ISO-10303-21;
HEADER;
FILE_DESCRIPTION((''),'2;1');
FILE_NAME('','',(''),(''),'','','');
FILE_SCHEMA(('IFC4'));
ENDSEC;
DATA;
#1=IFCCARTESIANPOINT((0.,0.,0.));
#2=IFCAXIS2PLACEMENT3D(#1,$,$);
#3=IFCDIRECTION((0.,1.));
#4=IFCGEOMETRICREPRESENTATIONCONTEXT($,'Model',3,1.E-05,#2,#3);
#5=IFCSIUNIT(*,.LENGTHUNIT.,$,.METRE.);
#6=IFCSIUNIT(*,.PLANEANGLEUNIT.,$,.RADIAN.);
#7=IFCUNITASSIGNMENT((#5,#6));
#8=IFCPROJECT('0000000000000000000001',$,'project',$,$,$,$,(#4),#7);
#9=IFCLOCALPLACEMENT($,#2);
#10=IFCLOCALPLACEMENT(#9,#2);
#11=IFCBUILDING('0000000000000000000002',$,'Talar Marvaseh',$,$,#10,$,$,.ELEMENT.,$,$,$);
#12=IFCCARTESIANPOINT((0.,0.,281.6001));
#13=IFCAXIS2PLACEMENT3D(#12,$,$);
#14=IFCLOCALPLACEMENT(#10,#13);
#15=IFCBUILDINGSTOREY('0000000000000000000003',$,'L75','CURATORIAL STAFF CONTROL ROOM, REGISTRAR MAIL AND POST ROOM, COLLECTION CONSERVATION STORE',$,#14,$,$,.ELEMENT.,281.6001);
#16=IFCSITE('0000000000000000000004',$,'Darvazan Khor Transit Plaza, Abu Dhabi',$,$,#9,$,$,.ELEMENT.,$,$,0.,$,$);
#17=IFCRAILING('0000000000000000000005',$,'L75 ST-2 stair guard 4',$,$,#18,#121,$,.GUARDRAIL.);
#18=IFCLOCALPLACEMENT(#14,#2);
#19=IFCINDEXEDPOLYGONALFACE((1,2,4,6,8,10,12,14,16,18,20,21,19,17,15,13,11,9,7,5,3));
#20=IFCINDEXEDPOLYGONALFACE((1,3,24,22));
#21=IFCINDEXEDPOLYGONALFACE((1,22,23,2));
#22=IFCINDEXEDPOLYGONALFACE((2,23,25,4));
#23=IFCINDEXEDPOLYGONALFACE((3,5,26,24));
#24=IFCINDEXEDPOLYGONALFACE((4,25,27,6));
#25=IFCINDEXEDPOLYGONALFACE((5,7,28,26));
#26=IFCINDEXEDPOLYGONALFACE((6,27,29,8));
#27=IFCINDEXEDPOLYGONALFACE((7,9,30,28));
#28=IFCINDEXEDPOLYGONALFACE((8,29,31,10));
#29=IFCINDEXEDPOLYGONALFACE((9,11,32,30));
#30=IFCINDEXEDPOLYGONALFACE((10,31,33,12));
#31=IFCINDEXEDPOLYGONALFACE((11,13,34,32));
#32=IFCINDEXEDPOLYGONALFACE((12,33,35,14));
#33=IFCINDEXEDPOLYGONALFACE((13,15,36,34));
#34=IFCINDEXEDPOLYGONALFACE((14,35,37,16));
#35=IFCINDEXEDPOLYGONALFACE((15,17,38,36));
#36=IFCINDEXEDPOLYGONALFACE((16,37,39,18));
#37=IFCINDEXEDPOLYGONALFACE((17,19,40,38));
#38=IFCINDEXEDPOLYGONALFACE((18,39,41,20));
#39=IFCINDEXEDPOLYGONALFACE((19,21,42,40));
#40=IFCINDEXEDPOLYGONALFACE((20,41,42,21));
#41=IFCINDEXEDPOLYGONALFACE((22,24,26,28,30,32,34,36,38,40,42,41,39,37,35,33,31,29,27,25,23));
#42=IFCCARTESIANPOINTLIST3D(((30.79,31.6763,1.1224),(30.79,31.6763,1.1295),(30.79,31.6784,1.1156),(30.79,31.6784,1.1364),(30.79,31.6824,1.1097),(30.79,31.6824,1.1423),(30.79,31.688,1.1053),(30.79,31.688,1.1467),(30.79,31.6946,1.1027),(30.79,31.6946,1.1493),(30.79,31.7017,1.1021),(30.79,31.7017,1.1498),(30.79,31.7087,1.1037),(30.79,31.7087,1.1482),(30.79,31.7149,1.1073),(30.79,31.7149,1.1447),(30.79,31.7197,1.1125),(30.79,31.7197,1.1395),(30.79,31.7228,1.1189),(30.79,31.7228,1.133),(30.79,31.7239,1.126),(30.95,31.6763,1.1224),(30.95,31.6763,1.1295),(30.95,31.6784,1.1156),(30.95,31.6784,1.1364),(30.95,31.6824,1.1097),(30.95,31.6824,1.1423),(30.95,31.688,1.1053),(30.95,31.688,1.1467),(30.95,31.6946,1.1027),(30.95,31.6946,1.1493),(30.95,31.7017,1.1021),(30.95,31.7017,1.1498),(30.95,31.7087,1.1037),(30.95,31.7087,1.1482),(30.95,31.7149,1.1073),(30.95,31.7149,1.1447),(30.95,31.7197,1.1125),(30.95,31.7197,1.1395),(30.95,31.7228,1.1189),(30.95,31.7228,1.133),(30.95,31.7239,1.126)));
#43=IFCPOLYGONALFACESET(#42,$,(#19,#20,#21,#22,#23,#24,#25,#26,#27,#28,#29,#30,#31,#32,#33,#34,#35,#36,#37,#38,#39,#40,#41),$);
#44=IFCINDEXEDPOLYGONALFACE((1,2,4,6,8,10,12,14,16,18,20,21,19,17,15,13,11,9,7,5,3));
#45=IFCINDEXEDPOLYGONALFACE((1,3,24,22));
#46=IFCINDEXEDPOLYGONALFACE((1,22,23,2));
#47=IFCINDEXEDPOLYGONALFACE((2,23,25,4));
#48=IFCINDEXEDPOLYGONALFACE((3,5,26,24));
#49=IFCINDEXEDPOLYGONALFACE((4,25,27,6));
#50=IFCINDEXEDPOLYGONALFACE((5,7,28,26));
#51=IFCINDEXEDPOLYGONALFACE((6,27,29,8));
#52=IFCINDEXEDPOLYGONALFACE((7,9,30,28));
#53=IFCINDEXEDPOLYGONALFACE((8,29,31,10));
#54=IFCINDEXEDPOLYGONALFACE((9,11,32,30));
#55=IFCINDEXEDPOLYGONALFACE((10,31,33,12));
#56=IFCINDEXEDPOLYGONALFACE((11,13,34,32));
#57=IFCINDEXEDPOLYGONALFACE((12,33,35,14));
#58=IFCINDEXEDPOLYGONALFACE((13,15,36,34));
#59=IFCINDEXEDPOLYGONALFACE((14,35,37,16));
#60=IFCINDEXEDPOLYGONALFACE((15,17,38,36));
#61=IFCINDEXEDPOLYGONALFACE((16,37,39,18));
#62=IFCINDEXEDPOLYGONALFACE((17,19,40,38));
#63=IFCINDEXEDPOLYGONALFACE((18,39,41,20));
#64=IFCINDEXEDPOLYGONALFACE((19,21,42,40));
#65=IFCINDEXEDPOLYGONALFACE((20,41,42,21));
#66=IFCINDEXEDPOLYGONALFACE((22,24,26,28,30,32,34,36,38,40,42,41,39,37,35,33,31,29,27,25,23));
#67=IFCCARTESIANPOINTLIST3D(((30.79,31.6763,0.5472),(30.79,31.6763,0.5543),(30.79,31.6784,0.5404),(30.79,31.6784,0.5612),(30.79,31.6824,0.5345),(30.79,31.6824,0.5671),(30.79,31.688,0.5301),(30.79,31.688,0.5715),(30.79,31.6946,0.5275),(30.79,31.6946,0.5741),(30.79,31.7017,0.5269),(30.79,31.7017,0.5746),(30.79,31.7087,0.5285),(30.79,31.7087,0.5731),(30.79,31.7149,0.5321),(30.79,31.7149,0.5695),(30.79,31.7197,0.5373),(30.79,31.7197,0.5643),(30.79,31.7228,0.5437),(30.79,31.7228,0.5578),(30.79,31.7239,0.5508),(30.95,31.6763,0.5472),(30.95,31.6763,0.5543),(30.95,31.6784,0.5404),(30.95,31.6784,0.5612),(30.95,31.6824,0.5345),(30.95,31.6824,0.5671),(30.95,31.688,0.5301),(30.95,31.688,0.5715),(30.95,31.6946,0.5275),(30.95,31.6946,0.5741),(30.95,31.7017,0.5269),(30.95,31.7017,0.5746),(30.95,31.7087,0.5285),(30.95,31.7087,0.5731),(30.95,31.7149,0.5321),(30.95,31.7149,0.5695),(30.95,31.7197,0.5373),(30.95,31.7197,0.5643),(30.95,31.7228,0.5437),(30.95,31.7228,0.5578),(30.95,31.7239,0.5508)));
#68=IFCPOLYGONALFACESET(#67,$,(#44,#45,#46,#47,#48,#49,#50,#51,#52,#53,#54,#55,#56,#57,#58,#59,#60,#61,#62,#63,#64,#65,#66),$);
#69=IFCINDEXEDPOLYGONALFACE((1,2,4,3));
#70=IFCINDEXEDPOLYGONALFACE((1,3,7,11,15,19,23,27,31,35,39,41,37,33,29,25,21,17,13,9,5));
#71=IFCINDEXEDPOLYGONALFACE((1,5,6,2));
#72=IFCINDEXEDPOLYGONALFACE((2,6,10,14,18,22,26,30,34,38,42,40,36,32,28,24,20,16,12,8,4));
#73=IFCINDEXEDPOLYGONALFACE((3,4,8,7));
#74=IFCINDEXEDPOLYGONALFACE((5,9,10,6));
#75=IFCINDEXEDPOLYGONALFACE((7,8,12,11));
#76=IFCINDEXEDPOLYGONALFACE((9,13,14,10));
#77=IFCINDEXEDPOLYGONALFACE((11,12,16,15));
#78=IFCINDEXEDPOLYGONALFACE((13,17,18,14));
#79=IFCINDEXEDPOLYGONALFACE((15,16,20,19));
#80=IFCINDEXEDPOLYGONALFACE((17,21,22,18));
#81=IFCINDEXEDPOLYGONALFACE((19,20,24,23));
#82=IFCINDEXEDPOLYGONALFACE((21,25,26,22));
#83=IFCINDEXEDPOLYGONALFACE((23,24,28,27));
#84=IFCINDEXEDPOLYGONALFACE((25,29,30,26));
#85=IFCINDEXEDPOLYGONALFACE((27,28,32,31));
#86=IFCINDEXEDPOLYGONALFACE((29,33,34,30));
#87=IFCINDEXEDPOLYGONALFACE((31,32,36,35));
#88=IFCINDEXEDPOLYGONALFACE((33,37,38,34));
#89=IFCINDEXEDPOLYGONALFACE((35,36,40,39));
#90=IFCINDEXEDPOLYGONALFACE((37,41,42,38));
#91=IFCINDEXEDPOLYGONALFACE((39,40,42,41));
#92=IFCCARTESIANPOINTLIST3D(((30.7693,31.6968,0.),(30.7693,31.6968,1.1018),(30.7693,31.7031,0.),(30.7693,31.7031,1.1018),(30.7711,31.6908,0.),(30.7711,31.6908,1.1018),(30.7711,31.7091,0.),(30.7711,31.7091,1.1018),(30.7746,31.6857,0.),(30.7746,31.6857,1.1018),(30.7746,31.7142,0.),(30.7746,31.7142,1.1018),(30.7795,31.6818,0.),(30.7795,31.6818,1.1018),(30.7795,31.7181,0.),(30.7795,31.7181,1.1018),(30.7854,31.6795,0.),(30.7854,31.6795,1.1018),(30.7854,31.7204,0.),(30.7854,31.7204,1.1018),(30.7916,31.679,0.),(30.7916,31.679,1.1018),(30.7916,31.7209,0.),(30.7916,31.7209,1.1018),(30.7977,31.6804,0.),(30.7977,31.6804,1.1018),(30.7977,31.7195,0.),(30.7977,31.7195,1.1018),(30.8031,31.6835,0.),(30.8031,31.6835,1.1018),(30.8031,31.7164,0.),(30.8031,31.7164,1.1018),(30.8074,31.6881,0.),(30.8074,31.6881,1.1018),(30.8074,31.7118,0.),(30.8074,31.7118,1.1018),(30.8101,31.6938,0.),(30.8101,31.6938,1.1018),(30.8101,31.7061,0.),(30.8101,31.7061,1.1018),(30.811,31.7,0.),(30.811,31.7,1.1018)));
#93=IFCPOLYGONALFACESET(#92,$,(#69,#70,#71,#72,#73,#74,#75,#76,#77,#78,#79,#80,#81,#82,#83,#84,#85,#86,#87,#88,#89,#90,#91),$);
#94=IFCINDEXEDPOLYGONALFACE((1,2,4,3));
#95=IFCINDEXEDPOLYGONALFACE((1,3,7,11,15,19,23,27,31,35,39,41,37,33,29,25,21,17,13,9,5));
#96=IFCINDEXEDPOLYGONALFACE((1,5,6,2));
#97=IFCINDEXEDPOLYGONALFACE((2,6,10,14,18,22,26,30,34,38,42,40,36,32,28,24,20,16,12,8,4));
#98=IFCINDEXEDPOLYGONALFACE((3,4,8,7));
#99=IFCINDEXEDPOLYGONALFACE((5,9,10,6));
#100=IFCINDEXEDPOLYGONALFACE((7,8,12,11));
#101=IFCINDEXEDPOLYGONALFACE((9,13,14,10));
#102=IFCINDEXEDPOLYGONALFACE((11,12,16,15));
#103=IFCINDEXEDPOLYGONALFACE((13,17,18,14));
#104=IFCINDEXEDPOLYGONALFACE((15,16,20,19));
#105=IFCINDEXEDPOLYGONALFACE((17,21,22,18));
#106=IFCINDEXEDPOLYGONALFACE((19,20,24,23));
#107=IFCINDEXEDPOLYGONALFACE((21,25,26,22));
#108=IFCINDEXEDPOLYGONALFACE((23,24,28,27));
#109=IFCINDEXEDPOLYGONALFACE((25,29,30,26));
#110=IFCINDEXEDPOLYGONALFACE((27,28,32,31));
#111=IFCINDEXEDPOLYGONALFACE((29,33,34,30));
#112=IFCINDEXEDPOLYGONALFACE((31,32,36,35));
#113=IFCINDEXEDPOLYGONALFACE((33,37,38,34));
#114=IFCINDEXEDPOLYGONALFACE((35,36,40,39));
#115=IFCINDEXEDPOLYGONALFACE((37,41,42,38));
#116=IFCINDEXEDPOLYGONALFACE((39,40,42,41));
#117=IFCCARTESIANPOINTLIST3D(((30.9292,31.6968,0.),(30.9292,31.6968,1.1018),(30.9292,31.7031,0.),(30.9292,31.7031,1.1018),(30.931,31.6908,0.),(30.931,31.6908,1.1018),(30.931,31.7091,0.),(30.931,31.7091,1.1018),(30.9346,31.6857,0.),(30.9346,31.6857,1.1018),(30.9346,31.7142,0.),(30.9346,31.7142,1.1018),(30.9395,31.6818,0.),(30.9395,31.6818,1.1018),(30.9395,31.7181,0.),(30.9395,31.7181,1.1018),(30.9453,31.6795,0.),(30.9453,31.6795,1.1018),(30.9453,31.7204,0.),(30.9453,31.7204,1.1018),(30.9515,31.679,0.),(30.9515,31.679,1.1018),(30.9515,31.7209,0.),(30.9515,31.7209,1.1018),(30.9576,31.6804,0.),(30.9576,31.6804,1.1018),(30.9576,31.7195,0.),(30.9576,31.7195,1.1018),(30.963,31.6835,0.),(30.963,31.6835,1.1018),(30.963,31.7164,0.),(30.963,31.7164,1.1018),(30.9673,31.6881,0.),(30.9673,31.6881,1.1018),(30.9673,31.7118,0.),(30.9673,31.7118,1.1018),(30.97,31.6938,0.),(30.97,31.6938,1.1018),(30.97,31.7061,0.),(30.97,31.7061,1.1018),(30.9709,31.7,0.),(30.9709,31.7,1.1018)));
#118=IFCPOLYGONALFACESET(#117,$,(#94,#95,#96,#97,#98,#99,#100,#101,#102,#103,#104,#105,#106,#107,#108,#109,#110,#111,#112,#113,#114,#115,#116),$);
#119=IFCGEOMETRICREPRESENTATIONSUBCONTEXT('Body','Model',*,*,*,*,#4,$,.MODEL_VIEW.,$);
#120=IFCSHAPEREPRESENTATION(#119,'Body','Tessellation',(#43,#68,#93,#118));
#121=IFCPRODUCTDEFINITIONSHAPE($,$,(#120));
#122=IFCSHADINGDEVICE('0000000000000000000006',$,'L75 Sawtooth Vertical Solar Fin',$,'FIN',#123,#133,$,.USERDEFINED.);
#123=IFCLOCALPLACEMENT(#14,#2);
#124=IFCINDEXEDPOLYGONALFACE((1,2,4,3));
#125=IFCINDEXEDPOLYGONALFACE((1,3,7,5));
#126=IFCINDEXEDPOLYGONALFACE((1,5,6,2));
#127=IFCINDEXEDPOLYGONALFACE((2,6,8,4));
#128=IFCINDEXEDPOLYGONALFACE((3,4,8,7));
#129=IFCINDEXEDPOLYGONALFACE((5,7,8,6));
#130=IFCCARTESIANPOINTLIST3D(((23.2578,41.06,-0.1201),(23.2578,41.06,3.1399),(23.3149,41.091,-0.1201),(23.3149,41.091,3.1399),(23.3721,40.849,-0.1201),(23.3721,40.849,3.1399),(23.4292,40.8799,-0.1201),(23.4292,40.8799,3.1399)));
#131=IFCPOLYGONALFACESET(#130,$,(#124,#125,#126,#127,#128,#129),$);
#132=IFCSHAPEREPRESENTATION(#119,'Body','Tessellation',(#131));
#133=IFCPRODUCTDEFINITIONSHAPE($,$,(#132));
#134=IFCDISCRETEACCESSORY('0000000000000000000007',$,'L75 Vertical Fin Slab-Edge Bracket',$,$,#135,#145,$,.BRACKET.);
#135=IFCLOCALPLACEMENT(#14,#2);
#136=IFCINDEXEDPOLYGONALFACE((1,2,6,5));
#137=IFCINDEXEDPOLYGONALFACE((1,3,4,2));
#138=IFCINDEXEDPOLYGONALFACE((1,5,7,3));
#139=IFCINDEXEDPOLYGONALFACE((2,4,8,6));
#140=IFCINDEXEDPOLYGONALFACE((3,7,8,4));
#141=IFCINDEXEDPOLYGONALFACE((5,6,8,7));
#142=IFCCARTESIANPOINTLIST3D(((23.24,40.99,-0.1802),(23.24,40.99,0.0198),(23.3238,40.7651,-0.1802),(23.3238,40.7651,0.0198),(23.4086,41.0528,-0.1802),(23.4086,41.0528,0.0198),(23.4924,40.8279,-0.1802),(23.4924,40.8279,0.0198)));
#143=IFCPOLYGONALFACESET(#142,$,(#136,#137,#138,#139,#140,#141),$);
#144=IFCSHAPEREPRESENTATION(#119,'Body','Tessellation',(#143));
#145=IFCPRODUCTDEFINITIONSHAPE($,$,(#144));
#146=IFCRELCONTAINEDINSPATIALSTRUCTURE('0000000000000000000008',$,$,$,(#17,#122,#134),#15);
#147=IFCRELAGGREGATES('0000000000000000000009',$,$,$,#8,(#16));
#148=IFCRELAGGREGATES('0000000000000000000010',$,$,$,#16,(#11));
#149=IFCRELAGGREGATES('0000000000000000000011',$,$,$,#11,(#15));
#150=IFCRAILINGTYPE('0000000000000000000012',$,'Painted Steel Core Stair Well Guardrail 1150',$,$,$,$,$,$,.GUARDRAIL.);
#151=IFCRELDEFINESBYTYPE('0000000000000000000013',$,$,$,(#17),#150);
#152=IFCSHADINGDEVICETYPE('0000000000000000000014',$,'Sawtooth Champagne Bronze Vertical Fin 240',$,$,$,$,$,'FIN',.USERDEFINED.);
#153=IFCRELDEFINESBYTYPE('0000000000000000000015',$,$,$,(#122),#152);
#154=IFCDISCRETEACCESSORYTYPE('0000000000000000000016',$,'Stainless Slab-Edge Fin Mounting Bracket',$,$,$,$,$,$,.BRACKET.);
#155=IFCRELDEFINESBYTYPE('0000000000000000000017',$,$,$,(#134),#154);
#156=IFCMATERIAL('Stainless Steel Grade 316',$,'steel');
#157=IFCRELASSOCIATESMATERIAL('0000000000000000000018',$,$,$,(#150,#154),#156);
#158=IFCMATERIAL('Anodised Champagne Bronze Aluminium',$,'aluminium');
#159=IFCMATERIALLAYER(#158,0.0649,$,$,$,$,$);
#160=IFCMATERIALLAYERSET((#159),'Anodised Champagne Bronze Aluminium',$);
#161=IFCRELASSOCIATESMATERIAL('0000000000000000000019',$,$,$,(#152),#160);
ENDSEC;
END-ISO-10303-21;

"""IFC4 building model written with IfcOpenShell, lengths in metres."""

from ifc_helpers import new_model, si_unit, direction, frame, origin, origin_2d, place, context, subcontext, project, spatial, rectangle, circle, extrude, source, transform, mapped, material, layer, layer_set, type_object, type_shapes, element, save


model = new_model("IFC4")

# Units and contexts
model_context = context("Model", 3, precision=1e-05, world=origin(), true_north=direction((0.0, 1.0)))
body_context = subcontext(model_context, "Body", "Model", "MODEL_VIEW")
ifc_project = project(units=[si_unit("LENGTHUNIT", "METRE"), si_unit("PLANEANGLEUNIT", "RADIAN")], contexts=[model_context])

# Site, building, storey
site_placement = place(None, origin())
site = spatial("IfcSite", under=ifc_project, at=site_placement, Name="Darvazan Khor Transit Plaza, Abu Dhabi", CompositionType="ELEMENT", RefElevation=0.0)
building_placement = place(site_placement, origin())
building = spatial("IfcBuilding", under=site, at=building_placement, Name="Talar Marvaseh", CompositionType="ELEMENT")
storey_placement = place(building_placement, frame((0.0, 0.0, 281.6001)))
storey = spatial("IfcBuildingStorey", under=building, at=storey_placement, Name="L75", Description="CURATORIAL STAFF CONTROL ROOM, REGISTRAR MAIL AND POST ROOM, COLLECTION CONSERVATION STORE", CompositionType="ELEMENT", Elevation=281.6001)

# Shared definitions
ifc_material_1 = material(Name="Stainless Steel Grade 316", Category="steel")

# Railing
railing_type_1 = type_object("IfcRailingType", Name="Painted Steel Core Stair Well Guardrail 1150", PredefinedType="GUARDRAIL", material=ifc_material_1)
railing_1_placement = place(storey_placement, frame((30.79, 31.7, 0.0)))
element("IfcRailing", 1, at=railing_1_placement, inside=storey, type_object=railing_type_1, Name="L75 ST-2 stair guard 4", PredefinedType="GUARDRAIL", context=body_context, shape_type="SweptSolid", body=[
    extrude(circle(Radius=0.0239, at=origin_2d()), frame((0.0, 0.0, 1.126), z_axis=(1.0, 0.0, 0.0), x_axis=(0.0, 1.0, 0.0)), (0.0, 0.0, 1.0), 0.1599),
    extrude(circle(Radius=0.0239, at=origin_2d()), frame((0.0, 0.0, 0.5508), z_axis=(1.0, 0.0, 0.0), x_axis=(0.0, 1.0, 0.0)), (0.0, 0.0, 1.0), 0.1599),
    extrude(circle(Radius=0.021, at=origin_2d()), origin(), (0.0, 0.0, 1.0), 1.1018),
    extrude(circle(Radius=0.021, at=origin_2d()), frame((0.1599, 0.0, 0.0)), (0.0, 0.0, 1.0), 1.1018),
])

# Shading device
ifc_material_2 = material(Name="Anodised Champagne Bronze Aluminium", Category="aluminium")
ifc_layer_1 = layer(ifc_material_2, 0.0649)
ifc_layer_set_1 = layer_set([ifc_layer_1], Name="Anodised Champagne Bronze Aluminium")
shading_device_type = type_object("IfcShadingDeviceType", Name="Sawtooth Champagne Bronze Vertical Fin 240", ElementType="FIN", PredefinedType="USERDEFINED", material=ifc_layer_set_1)
shared_shape_1 = source(origin(), body_context, "Body", "SweptSolid", [
    extrude(rectangle(XDim=0.24, YDim=0.0649, at=origin_2d()), origin(), (0.0, 0.0, 1.0), 3.26),
])
type_shapes(shading_device_type, [shared_shape_1])
shading_device_placement = place(storey_placement, frame((23.3435, 40.97, -0.1201), z_axis=(0.0, 0.0, 1.0), x_axis=(-0.476085, 0.879399, 0.0)))
element("IfcShadingDevice", 2, at=shading_device_placement, inside=storey, type_object=shading_device_type, Name="L75 Sawtooth Vertical Solar Fin", ObjectType="FIN", PredefinedType="USERDEFINED", context=body_context, shape_type="MappedRepresentation", body=[
    mapped(shared_shape_1, transform((0.0, 0.0, 0.0), x_axis=(1.0, 0.0, 0.0), y_axis=(0.0, 1.0, 0.0), z_axis=(0.0, 0.0, 1.0), scale=1.0)),
])

# Discrete accessory
discrete_accessory_type = type_object("IfcDiscreteAccessoryType", Name="Stainless Slab-Edge Fin Mounting Bracket", PredefinedType="BRACKET", material=ifc_material_1)
shared_shape_2 = source(origin(), body_context, "Body", "SweptSolid", [
    extrude(rectangle(XDim=0.24, YDim=0.1799, at=origin_2d()), origin(), (0.0, 0.0, 1.0), 0.2),
])
type_shapes(discrete_accessory_type, [shared_shape_2])
discrete_accessory_placement = place(storey_placement, frame((23.3662, 40.9089, -0.1802), z_axis=(0.0, 0.0, 1.0), x_axis=(-0.349063, 0.937099, 0.0)))
element("IfcDiscreteAccessory", 3, at=discrete_accessory_placement, inside=storey, type_object=discrete_accessory_type, Name="L75 Vertical Fin Slab-Edge Bracket", PredefinedType="BRACKET", context=body_context, shape_type="MappedRepresentation", body=[
    mapped(shared_shape_2, transform((0.0, 0.0, 0.0), x_axis=(1.0, 0.0, 0.0), y_axis=(0.0, 1.0, 0.0), z_axis=(0.0, 0.0, 1.0), scale=1.0)),
])

save(model, "model.ifc")
